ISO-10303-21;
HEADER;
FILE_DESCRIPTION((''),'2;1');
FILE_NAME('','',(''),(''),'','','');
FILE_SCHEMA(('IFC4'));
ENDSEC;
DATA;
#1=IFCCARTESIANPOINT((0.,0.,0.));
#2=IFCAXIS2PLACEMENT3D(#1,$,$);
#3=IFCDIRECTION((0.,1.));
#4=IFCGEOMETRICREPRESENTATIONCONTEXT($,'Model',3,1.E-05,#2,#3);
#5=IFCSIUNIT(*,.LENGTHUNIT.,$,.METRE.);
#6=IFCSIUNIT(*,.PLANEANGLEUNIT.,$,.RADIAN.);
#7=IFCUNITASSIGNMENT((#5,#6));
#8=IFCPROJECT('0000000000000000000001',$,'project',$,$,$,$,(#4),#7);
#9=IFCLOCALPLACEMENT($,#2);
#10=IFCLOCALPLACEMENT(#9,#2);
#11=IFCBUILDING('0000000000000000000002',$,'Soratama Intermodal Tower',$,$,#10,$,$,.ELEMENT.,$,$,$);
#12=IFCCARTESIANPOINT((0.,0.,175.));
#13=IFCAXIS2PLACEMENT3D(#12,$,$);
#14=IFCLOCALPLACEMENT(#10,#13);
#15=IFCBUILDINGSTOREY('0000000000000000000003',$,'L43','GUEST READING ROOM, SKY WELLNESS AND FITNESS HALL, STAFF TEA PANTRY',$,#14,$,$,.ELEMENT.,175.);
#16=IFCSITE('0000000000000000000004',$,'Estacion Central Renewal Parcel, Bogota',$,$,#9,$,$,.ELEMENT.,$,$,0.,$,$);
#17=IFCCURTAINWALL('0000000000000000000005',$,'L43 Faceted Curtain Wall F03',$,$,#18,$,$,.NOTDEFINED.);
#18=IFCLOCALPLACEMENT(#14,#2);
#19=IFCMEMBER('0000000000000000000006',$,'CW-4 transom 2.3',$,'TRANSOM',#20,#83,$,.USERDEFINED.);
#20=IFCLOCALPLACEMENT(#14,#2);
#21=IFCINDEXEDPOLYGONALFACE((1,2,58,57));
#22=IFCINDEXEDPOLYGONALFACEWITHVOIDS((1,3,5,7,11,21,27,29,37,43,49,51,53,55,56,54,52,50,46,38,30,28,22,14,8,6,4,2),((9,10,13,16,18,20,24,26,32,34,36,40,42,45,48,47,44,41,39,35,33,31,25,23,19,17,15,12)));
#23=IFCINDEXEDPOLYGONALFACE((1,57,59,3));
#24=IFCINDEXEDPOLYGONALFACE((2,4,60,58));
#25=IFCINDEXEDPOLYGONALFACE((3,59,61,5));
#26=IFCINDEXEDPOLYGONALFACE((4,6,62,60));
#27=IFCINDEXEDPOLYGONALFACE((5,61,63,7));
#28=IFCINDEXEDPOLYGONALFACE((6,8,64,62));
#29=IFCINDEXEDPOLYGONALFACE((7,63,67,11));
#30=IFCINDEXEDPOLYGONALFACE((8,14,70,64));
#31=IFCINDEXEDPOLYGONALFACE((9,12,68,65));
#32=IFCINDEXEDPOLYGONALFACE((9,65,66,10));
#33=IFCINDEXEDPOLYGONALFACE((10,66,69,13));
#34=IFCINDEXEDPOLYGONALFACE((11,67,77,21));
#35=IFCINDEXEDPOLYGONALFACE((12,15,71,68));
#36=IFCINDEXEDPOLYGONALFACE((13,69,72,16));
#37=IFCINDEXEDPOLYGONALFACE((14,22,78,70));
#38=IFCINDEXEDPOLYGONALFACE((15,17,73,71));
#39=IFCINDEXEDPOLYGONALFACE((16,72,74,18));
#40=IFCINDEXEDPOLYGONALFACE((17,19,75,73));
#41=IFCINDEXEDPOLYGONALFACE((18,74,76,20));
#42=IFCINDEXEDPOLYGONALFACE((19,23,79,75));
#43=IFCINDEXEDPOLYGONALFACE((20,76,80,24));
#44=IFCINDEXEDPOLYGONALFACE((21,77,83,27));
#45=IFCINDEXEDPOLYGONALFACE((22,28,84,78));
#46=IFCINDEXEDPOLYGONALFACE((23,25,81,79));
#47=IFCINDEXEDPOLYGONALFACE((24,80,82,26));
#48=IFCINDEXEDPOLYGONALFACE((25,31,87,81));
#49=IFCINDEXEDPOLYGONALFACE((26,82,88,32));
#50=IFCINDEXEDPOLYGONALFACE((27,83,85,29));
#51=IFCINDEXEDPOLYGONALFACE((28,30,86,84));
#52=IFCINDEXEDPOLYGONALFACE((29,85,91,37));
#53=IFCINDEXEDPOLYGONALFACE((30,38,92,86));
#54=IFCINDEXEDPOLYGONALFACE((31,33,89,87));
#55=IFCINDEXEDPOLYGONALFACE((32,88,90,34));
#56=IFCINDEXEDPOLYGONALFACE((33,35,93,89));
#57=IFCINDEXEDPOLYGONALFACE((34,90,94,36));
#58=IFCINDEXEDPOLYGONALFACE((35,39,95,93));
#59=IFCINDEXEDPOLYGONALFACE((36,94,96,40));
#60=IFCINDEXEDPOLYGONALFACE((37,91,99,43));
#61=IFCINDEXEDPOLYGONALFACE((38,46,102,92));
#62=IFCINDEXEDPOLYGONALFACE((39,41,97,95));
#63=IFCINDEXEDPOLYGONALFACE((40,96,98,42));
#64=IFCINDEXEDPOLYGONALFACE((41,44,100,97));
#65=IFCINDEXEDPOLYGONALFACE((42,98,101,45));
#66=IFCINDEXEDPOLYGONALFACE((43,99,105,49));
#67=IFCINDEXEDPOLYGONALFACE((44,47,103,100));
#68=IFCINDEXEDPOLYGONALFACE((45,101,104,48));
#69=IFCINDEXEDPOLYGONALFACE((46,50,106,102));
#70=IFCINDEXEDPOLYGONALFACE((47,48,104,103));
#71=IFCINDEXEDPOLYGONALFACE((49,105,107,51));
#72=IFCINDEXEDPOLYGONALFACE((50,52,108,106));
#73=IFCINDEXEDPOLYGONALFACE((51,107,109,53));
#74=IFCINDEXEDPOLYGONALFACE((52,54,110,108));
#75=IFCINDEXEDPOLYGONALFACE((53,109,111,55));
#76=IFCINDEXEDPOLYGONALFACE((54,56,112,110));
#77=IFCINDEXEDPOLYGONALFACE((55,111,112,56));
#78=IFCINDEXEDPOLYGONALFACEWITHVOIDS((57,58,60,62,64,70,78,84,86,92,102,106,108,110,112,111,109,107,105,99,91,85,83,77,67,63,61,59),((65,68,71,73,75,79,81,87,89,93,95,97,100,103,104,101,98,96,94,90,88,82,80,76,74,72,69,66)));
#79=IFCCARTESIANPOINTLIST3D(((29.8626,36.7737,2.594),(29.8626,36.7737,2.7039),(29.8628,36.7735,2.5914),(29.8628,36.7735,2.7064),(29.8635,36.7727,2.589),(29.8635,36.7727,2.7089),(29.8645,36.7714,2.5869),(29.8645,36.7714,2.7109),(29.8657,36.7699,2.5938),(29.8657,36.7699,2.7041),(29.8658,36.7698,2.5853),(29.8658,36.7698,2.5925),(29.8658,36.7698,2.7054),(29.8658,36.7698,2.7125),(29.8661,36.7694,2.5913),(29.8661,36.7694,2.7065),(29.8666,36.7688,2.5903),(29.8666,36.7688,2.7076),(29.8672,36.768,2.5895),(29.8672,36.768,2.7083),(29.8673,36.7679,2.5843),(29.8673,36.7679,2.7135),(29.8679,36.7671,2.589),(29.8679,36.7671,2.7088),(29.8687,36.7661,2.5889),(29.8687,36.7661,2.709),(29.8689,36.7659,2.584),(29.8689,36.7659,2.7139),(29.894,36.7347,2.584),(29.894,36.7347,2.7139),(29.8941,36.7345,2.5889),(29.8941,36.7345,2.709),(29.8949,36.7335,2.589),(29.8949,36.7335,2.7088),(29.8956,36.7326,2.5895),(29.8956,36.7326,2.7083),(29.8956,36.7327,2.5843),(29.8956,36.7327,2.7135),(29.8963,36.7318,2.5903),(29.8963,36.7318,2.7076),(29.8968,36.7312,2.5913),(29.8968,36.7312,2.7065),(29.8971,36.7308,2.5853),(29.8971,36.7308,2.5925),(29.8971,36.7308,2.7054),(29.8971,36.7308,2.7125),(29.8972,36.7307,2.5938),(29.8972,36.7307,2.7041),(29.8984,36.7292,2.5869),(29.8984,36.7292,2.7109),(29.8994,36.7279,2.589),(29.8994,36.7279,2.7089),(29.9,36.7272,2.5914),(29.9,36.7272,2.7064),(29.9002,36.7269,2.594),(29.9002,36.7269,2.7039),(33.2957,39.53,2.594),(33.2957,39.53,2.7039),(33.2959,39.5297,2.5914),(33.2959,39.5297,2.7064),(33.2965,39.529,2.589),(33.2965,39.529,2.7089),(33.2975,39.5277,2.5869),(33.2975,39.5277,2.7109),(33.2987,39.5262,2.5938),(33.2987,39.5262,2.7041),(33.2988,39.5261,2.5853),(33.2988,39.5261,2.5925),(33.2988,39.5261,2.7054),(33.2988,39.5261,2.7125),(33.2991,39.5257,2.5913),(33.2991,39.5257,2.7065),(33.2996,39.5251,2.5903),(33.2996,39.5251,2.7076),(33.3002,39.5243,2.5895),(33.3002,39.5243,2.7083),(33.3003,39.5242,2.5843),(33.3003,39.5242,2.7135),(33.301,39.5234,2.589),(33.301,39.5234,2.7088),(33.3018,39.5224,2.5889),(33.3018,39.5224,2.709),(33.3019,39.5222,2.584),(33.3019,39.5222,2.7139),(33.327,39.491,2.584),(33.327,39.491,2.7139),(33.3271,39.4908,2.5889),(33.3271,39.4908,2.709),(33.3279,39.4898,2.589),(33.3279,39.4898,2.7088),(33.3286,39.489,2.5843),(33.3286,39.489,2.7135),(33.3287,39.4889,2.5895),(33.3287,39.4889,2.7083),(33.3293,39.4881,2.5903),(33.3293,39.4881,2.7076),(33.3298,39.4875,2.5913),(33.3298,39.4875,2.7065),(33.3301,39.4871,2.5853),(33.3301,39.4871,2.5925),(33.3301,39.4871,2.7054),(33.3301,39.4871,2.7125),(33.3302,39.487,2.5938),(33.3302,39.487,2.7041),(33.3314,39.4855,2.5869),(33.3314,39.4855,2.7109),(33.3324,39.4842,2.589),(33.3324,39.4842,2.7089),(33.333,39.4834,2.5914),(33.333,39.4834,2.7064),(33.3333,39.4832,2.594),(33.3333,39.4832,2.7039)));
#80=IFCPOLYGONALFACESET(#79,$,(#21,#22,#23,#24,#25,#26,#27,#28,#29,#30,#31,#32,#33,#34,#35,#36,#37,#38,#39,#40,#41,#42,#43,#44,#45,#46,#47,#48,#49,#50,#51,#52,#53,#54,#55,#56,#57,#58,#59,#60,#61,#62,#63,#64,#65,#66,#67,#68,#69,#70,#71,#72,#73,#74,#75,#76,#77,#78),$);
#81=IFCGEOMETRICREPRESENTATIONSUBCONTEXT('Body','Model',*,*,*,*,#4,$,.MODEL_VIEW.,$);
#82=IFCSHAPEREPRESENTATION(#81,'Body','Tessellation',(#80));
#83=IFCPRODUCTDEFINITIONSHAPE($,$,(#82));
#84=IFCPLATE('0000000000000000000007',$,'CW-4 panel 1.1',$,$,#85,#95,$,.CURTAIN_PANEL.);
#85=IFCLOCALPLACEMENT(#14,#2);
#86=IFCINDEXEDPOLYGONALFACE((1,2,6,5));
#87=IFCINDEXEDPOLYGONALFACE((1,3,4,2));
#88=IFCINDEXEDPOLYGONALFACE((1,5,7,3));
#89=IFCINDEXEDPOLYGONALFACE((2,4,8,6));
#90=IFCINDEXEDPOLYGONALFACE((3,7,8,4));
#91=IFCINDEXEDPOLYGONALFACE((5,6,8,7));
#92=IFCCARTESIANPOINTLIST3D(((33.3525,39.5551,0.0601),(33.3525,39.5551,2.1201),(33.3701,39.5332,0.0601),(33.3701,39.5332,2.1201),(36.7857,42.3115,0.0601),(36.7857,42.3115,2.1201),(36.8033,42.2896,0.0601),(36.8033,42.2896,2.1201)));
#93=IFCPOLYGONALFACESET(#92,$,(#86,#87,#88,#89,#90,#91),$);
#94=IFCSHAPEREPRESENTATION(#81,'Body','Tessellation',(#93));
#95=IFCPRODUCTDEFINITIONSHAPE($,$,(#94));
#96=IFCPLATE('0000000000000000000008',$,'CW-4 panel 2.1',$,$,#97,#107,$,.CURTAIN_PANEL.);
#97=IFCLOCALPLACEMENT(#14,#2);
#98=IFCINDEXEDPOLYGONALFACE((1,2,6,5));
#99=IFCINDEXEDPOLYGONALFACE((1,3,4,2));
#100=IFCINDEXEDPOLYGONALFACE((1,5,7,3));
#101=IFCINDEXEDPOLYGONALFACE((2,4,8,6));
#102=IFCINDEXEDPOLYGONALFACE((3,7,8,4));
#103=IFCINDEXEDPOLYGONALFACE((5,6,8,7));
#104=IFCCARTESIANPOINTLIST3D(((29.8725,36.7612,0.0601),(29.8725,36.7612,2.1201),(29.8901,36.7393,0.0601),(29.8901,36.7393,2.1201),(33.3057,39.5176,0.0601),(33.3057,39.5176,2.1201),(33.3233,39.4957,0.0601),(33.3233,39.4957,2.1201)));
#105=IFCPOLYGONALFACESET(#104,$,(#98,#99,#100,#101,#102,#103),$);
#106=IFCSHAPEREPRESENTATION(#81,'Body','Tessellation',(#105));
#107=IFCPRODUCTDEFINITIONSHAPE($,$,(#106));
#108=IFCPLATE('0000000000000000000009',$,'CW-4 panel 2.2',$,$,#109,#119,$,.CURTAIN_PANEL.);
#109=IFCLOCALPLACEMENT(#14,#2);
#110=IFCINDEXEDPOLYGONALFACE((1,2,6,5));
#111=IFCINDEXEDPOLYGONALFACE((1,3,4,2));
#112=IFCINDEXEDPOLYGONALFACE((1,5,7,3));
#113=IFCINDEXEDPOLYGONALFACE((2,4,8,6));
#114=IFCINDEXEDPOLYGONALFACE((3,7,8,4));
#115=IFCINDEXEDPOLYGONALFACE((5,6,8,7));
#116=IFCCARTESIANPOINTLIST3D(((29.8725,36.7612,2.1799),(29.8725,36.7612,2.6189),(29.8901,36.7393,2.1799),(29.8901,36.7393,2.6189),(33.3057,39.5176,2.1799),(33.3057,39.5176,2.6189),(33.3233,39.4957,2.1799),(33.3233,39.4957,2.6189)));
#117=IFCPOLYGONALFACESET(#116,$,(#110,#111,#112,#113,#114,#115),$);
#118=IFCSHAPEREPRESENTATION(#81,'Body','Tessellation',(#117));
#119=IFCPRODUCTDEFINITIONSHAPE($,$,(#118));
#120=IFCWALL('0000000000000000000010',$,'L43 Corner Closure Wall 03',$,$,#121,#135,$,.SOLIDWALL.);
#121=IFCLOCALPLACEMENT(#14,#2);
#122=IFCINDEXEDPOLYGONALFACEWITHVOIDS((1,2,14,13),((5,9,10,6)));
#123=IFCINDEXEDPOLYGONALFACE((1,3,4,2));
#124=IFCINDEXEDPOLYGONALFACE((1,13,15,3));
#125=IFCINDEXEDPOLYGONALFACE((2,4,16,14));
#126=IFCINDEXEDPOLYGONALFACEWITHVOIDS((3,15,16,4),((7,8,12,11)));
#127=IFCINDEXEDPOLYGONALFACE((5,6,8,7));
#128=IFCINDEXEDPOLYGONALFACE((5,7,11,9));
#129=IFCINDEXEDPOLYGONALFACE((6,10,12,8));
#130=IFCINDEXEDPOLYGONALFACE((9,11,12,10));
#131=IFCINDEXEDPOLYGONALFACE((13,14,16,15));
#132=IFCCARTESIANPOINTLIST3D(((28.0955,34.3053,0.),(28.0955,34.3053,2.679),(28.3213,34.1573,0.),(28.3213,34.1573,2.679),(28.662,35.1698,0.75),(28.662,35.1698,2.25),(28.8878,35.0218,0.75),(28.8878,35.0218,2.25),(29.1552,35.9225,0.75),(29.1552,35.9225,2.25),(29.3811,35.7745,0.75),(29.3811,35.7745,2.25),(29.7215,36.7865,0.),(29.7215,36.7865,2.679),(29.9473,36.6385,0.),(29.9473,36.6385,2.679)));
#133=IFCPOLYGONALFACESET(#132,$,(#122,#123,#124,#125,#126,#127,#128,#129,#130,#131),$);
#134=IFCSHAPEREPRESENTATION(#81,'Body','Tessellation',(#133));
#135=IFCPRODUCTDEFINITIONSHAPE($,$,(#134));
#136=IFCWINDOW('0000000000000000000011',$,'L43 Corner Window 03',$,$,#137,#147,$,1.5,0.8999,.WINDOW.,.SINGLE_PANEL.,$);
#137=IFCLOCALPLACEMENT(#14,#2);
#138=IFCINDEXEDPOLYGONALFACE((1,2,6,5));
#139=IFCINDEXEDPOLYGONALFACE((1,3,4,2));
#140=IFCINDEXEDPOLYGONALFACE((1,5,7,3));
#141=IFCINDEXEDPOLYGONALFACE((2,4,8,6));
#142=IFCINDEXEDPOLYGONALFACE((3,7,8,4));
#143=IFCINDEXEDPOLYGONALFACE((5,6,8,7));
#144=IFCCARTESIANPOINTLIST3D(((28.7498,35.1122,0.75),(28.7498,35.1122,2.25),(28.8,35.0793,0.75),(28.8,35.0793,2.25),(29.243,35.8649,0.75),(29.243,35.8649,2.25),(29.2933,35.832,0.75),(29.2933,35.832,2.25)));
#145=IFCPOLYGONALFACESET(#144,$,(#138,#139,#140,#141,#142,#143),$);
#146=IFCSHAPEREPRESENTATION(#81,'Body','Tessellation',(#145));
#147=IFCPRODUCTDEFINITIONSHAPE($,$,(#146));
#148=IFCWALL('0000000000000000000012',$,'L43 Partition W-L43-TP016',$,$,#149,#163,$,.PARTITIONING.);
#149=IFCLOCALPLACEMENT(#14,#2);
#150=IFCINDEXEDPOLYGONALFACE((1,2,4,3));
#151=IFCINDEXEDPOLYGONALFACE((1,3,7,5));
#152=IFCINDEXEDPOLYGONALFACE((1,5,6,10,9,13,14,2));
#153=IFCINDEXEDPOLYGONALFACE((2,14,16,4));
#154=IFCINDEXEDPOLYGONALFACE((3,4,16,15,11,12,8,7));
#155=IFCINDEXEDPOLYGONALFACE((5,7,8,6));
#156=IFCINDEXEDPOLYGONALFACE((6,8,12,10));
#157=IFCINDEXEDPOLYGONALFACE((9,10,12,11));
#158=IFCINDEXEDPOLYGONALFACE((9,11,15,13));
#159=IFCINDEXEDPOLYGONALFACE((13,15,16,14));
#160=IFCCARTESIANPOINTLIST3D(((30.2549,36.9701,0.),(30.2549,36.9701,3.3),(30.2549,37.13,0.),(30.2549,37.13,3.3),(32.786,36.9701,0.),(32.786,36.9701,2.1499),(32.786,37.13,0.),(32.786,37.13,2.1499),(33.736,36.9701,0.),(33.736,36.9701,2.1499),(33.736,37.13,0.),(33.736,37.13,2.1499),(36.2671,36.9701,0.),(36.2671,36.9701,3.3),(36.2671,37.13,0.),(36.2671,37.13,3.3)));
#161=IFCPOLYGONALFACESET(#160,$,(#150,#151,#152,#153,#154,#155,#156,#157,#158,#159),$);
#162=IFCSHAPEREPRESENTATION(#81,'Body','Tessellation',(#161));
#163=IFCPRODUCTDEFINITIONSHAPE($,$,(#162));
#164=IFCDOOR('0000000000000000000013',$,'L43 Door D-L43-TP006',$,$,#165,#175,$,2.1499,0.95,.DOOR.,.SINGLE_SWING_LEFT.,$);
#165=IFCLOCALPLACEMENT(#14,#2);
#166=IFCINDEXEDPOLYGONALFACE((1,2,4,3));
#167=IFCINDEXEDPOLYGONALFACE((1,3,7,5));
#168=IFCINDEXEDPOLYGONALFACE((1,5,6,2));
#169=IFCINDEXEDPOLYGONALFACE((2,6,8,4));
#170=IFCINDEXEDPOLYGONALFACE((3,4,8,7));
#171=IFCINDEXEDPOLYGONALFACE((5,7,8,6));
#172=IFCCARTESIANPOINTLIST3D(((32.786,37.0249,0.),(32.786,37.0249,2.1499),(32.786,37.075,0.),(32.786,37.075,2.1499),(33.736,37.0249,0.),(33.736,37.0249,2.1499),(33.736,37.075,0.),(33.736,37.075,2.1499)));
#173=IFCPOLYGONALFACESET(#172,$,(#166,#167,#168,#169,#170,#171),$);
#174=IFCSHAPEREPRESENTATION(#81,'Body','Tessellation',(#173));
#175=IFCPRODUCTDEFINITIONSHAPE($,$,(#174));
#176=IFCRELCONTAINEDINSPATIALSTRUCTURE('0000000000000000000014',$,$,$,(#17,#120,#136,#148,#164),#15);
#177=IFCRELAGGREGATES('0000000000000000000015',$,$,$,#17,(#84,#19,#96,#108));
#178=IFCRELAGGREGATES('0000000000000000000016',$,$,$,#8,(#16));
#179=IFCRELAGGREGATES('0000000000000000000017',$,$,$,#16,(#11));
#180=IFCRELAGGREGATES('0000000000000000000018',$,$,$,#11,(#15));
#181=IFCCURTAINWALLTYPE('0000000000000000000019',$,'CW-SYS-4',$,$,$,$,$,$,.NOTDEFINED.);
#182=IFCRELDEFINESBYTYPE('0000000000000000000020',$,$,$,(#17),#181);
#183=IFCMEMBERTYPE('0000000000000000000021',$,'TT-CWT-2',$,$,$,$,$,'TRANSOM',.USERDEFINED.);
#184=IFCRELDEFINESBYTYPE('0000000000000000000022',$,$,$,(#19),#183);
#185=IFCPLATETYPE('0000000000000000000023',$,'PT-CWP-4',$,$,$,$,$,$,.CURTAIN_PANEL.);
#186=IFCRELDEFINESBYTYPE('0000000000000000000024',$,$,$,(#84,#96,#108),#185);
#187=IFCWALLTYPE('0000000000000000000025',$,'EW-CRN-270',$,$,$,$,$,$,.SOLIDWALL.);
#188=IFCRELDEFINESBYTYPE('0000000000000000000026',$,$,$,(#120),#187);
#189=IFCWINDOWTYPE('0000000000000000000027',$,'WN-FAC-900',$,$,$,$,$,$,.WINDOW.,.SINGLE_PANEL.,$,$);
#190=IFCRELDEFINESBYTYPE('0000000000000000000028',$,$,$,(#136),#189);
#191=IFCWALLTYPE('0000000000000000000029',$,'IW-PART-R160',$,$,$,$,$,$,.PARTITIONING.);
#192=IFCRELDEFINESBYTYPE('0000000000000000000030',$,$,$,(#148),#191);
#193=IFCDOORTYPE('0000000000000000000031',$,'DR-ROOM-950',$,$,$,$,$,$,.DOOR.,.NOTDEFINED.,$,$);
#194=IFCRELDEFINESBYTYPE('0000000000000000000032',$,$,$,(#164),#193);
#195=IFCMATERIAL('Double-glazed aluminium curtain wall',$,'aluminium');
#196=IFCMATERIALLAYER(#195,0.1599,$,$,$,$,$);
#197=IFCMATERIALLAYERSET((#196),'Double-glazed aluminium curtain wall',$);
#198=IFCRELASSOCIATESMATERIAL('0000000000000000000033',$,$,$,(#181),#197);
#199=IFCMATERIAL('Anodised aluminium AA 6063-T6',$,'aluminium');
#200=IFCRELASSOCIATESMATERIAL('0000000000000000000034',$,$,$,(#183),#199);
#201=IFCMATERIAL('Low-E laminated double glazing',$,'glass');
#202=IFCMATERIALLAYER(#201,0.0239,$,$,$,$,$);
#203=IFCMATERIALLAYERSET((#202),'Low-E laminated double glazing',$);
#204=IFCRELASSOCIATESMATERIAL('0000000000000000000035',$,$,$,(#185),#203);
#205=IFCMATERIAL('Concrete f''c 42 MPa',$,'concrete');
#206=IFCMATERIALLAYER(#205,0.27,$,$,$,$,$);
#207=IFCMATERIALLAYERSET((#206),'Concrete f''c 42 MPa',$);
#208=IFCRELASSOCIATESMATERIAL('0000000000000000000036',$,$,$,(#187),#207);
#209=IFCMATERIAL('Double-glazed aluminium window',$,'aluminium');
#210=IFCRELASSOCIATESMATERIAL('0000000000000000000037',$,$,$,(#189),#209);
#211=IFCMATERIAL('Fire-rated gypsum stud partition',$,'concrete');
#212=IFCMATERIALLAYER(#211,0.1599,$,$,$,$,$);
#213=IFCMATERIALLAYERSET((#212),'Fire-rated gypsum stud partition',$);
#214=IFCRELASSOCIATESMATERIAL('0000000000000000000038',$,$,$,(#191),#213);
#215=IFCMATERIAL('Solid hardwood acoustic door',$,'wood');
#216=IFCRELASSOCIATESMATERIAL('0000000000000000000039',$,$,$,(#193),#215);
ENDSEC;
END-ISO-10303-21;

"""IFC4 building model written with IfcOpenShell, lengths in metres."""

from ifc_helpers import new_model, si_unit, direction, frame, frame_2d, origin, origin_2d, place, context, subcontext, project, spatial, rectangle, hollow_rectangle, extrude, material, layer, layer_set, material_profile, profile_set, type_object, element, fill, aggregate, save


model = new_model("IFC4")

# Units and contexts
model_context = context("Model", 3, precision=1e-05, world=origin(), true_north=direction((0.0, 1.0)))
body_context = subcontext(model_context, "Body", "Model", "MODEL_VIEW")
ifc_project = project(units=[si_unit("LENGTHUNIT", "METRE"), si_unit("PLANEANGLEUNIT", "RADIAN")], contexts=[model_context])

# Site, building, storey
site_placement = place(None, origin())
site = spatial("IfcSite", under=ifc_project, at=site_placement, Name="Estacion Central Renewal Parcel, Bogota", CompositionType="ELEMENT", RefElevation=0.0)
building_placement = place(site_placement, origin())
building = spatial("IfcBuilding", under=site, at=building_placement, Name="Soratama Intermodal Tower", CompositionType="ELEMENT")
storey_placement = place(building_placement, frame((0.0, 0.0, 175.0)))
storey = spatial("IfcBuildingStorey", under=building, at=storey_placement, Name="L43", Description="GUEST READING ROOM, SKY WELLNESS AND FITNESS HALL, STAFF TEA PANTRY", CompositionType="ELEMENT", Elevation=175.0)

# Curtain wall, member, plates
ifc_material_1 = material(Name="Double-glazed aluminium curtain wall", Category="aluminium")
ifc_layer_1 = layer(ifc_material_1, 0.1599)
ifc_layer_set_1 = layer_set([ifc_layer_1], Name="Double-glazed aluminium curtain wall")
curtain_wall_type = type_object("IfcCurtainWallType", Name="CW-SYS-4", PredefinedType="NOTDEFINED", material=ifc_layer_set_1)
curtain_wall_placement = place(storey_placement, origin())
curtain_wall = element("IfcCurtainWall", 1, at=curtain_wall_placement, inside=storey, type_object=curtain_wall_type, Name="L43 Faceted Curtain Wall F03", PredefinedType="NOTDEFINED")
ifc_material_2 = material(Name="Anodised aluminium AA 6063-T6", Category="aluminium")
ifc_material_profile_1 = material_profile(ifc_material_2, hollow_rectangle(XDim=0.0601, YDim=0.1299, WallThickness=0.0049, InnerFilletRadius=0.0049, OuterFilletRadius=0.01, at=origin_2d()), Name="CWT130X60X5")
ifc_profile_set_1 = profile_set([ifc_material_profile_1], Name="Anodised aluminium AA 6063-T6")
member_type_1 = type_object("IfcMemberType", Name="TT-CWT-2", ElementType="TRANSOM", PredefinedType="USERDEFINED", material=ifc_profile_set_1)
member_1_placement = place(storey_placement, frame((33.3145, 39.5066, 2.6489), z_axis=(-0.779775, -0.62606, 0.0), x_axis=(0.62606, -0.779775, 0.0)))
member_1 = element("IfcMember", 2, at=member_1_placement, type_object=member_type_1, Name="CW-4 transom 2.3", ObjectType="TRANSOM", PredefinedType="USERDEFINED", context=body_context, shape_type="SweptSolid", body=[
    extrude(hollow_rectangle(XDim=0.0601, YDim=0.1299, WallThickness=0.0049, InnerFilletRadius=0.0049, OuterFilletRadius=0.01, at=origin_2d()), origin(), (0.0, 0.0, 1.0), 4.4026),
])
ifc_material_3 = material(Name="Low-E laminated double glazing", Category="glass")
ifc_layer_2 = layer(ifc_material_3, 0.0239)
ifc_layer_set_2 = layer_set([ifc_layer_2], Name="Low-E laminated double glazing")
plate_type = type_object("IfcPlateType", Name="PT-CWP-4", PredefinedType="CURTAIN_PANEL", material=ifc_layer_set_2)
plate_1_placement = place(storey_placement, frame((35.0779, 40.9224, 0.0601), z_axis=(0.0, 0.0, 1.0), x_axis=(-0.779778, -0.626057, 0.0)))
plate_1 = element("IfcPlate", 3, at=plate_1_placement, type_object=plate_type, Name="CW-4 panel 1.1", PredefinedType="CURTAIN_PANEL", context=body_context, shape_type="SweptSolid", body=[
    extrude(rectangle(XDim=4.4028, YDim=0.0281, at=origin_2d()), origin(), (0.0, 0.0, 1.0), 2.0601),
])
plate_2_placement = place(storey_placement, frame((31.5979, 38.1284, 0.0601), z_axis=(0.0, 0.0, 1.0), x_axis=(-0.779778, -0.626057, 0.0)))
plate_2 = element("IfcPlate", 4, at=plate_2_placement, type_object=plate_type, Name="CW-4 panel 2.1", PredefinedType="CURTAIN_PANEL", context=body_context, shape_type="SweptSolid", body=[
    extrude(rectangle(XDim=4.4028, YDim=0.0281, at=origin_2d()), origin(), (0.0, 0.0, 1.0), 2.0601),
])
plate_3_placement = place(storey_placement, frame((31.5979, 38.1284, 2.1799), z_axis=(0.0, 0.0, 1.0), x_axis=(-0.779778, -0.626057, 0.0)))
plate_3 = element("IfcPlate", 5, at=plate_3_placement, type_object=plate_type, Name="CW-4 panel 2.2", PredefinedType="CURTAIN_PANEL", context=body_context, shape_type="SweptSolid", body=[
    extrude(rectangle(XDim=4.4028, YDim=0.0281, at=origin_2d()), origin(), (0.0, 0.0, 1.0), 0.439),
])
aggregate(curtain_wall, [plate_1, member_1, plate_2, plate_3])

# Wall, opening, window
ifc_material_4 = material(Name="Concrete f'c 42 MPa", Category="concrete")
ifc_layer_3 = layer(ifc_material_4, 0.27)
ifc_layer_set_3 = layer_set([ifc_layer_3], Name="Concrete f'c 42 MPa")
wall_type_1 = type_object("IfcWallType", Name="EW-CRN-270", PredefinedType="SOLIDWALL", material=ifc_layer_set_3)
wall_1_placement = place(storey_placement, frame((29.8345, 36.7126, 0.0), z_axis=(0.0, 0.0, 1.0), x_axis=(-0.548112, -0.836405, 0.0)))
wall_1 = element("IfcWall", 6, at=wall_1_placement, inside=storey, type_object=wall_type_1, Name="L43 Corner Closure Wall 03", PredefinedType="SOLIDWALL", context=body_context, shape_type="SweptSolid", body=[
    extrude(rectangle(XDim=2.9666, YDim=0.27, at=frame_2d((1.4834, 0.0))), origin(), (0.0, 0.0, 1.0), 2.679),
])
opening_1_placement = place(wall_1_placement, frame((1.0332, 0.0, 0.75)))
opening_1 = element("IfcOpeningElement", 7, at=opening_1_placement, cuts=wall_1, PredefinedType="OPENING", context=body_context, shape_type="SweptSolid", body=[
    extrude(rectangle(XDim=0.8999, YDim=1.5, at=frame_2d((0.45, 0.75))), frame((0.0, 0.145, 0.0), z_axis=(0.0, -1.0, 0.0), x_axis=(1.0, 0.0, 0.0)), (0.0, 0.0, 1.0), 0.29),
])
ifc_material_5 = material(Name="Double-glazed aluminium window", Category="aluminium")
window_type_1 = type_object("IfcWindowType", Name="WN-FAC-900", PartitioningType="SINGLE_PANEL", PredefinedType="WINDOW", material=ifc_material_5)
window_1_placement = place(opening_1_placement, origin())
window_1 = element("IfcWindow", 8, at=window_1_placement, inside=storey, type_object=window_type_1, Name="L43 Corner Window 03", OverallHeight=1.5, OverallWidth=0.8999, PartitioningType="SINGLE_PANEL", PredefinedType="WINDOW", context=body_context, shape_type="SweptSolid", body=[
    extrude(rectangle(XDim=0.8999, YDim=1.5, at=frame_2d((0.45, 0.75))), frame((0.0, 0.03, 0.0), z_axis=(0.0, -1.0, 0.0), x_axis=(1.0, 0.0, 0.0)), (0.0, 0.0, 1.0), 0.0601),
])
fill(opening_1, window_1)

# Wall, opening, door
ifc_material_6 = material(Name="Fire-rated gypsum stud partition", Category="concrete")
ifc_layer_4 = layer(ifc_material_6, 0.1599)
ifc_layer_set_4 = layer_set([ifc_layer_4], Name="Fire-rated gypsum stud partition")
wall_type_2 = type_object("IfcWallType", Name="IW-PART-R160", PredefinedType="PARTITIONING", material=ifc_layer_set_4)
wall_2_placement = place(storey_placement, frame((30.2549, 37.05, 0.0), z_axis=(0.0, 0.0, 1.0), x_axis=(1.0, 0.0, 0.0)))
wall_2 = element("IfcWall", 9, at=wall_2_placement, inside=storey, type_object=wall_type_2, Name="L43 Partition W-L43-TP016", PredefinedType="PARTITIONING", context=body_context, shape_type="SweptSolid", body=[
    extrude(rectangle(XDim=6.0122, YDim=0.1599, at=frame_2d((3.0061, 0.0))), origin(), (0.0, 0.0, 1.0), 3.3),
])
opening_2_placement = place(wall_2_placement, frame((2.531, 0.0, 0.0)))
opening_2 = element("IfcOpeningElement", 10, at=opening_2_placement, cuts=wall_2, PredefinedType="OPENING", context=body_context, shape_type="SweptSolid", body=[
    extrude(rectangle(XDim=0.95, YDim=2.1499, at=frame_2d((0.4751, 1.075))), frame((0.0, 0.0898, 0.0), z_axis=(0.0, -1.0, 0.0), x_axis=(1.0, 0.0, 0.0)), (0.0, 0.0, 1.0), 0.1799),
])
ifc_material_7 = material(Name="Solid hardwood acoustic door", Category="wood")
door_type_1 = type_object("IfcDoorType", Name="DR-ROOM-950", OperationType="NOTDEFINED", PredefinedType="DOOR", material=ifc_material_7)
door_1_placement = place(opening_2_placement, origin())
door_1 = element("IfcDoor", 11, at=door_1_placement, inside=storey, type_object=door_type_1, Name="L43 Door D-L43-TP006", OperationType="SINGLE_SWING_LEFT", OverallHeight=2.1499, OverallWidth=0.95, PredefinedType="DOOR", context=body_context, shape_type="SweptSolid", body=[
    extrude(rectangle(XDim=0.95, YDim=2.1499, at=frame_2d((0.4751, 1.075))), frame((0.0, 0.0249, 0.0), z_axis=(0.0, -1.0, 0.0), x_axis=(1.0, 0.0, 0.0)), (0.0, 0.0, 1.0), 0.05),
])
fill(opening_2, door_1)

save(model, "model.ifc")
